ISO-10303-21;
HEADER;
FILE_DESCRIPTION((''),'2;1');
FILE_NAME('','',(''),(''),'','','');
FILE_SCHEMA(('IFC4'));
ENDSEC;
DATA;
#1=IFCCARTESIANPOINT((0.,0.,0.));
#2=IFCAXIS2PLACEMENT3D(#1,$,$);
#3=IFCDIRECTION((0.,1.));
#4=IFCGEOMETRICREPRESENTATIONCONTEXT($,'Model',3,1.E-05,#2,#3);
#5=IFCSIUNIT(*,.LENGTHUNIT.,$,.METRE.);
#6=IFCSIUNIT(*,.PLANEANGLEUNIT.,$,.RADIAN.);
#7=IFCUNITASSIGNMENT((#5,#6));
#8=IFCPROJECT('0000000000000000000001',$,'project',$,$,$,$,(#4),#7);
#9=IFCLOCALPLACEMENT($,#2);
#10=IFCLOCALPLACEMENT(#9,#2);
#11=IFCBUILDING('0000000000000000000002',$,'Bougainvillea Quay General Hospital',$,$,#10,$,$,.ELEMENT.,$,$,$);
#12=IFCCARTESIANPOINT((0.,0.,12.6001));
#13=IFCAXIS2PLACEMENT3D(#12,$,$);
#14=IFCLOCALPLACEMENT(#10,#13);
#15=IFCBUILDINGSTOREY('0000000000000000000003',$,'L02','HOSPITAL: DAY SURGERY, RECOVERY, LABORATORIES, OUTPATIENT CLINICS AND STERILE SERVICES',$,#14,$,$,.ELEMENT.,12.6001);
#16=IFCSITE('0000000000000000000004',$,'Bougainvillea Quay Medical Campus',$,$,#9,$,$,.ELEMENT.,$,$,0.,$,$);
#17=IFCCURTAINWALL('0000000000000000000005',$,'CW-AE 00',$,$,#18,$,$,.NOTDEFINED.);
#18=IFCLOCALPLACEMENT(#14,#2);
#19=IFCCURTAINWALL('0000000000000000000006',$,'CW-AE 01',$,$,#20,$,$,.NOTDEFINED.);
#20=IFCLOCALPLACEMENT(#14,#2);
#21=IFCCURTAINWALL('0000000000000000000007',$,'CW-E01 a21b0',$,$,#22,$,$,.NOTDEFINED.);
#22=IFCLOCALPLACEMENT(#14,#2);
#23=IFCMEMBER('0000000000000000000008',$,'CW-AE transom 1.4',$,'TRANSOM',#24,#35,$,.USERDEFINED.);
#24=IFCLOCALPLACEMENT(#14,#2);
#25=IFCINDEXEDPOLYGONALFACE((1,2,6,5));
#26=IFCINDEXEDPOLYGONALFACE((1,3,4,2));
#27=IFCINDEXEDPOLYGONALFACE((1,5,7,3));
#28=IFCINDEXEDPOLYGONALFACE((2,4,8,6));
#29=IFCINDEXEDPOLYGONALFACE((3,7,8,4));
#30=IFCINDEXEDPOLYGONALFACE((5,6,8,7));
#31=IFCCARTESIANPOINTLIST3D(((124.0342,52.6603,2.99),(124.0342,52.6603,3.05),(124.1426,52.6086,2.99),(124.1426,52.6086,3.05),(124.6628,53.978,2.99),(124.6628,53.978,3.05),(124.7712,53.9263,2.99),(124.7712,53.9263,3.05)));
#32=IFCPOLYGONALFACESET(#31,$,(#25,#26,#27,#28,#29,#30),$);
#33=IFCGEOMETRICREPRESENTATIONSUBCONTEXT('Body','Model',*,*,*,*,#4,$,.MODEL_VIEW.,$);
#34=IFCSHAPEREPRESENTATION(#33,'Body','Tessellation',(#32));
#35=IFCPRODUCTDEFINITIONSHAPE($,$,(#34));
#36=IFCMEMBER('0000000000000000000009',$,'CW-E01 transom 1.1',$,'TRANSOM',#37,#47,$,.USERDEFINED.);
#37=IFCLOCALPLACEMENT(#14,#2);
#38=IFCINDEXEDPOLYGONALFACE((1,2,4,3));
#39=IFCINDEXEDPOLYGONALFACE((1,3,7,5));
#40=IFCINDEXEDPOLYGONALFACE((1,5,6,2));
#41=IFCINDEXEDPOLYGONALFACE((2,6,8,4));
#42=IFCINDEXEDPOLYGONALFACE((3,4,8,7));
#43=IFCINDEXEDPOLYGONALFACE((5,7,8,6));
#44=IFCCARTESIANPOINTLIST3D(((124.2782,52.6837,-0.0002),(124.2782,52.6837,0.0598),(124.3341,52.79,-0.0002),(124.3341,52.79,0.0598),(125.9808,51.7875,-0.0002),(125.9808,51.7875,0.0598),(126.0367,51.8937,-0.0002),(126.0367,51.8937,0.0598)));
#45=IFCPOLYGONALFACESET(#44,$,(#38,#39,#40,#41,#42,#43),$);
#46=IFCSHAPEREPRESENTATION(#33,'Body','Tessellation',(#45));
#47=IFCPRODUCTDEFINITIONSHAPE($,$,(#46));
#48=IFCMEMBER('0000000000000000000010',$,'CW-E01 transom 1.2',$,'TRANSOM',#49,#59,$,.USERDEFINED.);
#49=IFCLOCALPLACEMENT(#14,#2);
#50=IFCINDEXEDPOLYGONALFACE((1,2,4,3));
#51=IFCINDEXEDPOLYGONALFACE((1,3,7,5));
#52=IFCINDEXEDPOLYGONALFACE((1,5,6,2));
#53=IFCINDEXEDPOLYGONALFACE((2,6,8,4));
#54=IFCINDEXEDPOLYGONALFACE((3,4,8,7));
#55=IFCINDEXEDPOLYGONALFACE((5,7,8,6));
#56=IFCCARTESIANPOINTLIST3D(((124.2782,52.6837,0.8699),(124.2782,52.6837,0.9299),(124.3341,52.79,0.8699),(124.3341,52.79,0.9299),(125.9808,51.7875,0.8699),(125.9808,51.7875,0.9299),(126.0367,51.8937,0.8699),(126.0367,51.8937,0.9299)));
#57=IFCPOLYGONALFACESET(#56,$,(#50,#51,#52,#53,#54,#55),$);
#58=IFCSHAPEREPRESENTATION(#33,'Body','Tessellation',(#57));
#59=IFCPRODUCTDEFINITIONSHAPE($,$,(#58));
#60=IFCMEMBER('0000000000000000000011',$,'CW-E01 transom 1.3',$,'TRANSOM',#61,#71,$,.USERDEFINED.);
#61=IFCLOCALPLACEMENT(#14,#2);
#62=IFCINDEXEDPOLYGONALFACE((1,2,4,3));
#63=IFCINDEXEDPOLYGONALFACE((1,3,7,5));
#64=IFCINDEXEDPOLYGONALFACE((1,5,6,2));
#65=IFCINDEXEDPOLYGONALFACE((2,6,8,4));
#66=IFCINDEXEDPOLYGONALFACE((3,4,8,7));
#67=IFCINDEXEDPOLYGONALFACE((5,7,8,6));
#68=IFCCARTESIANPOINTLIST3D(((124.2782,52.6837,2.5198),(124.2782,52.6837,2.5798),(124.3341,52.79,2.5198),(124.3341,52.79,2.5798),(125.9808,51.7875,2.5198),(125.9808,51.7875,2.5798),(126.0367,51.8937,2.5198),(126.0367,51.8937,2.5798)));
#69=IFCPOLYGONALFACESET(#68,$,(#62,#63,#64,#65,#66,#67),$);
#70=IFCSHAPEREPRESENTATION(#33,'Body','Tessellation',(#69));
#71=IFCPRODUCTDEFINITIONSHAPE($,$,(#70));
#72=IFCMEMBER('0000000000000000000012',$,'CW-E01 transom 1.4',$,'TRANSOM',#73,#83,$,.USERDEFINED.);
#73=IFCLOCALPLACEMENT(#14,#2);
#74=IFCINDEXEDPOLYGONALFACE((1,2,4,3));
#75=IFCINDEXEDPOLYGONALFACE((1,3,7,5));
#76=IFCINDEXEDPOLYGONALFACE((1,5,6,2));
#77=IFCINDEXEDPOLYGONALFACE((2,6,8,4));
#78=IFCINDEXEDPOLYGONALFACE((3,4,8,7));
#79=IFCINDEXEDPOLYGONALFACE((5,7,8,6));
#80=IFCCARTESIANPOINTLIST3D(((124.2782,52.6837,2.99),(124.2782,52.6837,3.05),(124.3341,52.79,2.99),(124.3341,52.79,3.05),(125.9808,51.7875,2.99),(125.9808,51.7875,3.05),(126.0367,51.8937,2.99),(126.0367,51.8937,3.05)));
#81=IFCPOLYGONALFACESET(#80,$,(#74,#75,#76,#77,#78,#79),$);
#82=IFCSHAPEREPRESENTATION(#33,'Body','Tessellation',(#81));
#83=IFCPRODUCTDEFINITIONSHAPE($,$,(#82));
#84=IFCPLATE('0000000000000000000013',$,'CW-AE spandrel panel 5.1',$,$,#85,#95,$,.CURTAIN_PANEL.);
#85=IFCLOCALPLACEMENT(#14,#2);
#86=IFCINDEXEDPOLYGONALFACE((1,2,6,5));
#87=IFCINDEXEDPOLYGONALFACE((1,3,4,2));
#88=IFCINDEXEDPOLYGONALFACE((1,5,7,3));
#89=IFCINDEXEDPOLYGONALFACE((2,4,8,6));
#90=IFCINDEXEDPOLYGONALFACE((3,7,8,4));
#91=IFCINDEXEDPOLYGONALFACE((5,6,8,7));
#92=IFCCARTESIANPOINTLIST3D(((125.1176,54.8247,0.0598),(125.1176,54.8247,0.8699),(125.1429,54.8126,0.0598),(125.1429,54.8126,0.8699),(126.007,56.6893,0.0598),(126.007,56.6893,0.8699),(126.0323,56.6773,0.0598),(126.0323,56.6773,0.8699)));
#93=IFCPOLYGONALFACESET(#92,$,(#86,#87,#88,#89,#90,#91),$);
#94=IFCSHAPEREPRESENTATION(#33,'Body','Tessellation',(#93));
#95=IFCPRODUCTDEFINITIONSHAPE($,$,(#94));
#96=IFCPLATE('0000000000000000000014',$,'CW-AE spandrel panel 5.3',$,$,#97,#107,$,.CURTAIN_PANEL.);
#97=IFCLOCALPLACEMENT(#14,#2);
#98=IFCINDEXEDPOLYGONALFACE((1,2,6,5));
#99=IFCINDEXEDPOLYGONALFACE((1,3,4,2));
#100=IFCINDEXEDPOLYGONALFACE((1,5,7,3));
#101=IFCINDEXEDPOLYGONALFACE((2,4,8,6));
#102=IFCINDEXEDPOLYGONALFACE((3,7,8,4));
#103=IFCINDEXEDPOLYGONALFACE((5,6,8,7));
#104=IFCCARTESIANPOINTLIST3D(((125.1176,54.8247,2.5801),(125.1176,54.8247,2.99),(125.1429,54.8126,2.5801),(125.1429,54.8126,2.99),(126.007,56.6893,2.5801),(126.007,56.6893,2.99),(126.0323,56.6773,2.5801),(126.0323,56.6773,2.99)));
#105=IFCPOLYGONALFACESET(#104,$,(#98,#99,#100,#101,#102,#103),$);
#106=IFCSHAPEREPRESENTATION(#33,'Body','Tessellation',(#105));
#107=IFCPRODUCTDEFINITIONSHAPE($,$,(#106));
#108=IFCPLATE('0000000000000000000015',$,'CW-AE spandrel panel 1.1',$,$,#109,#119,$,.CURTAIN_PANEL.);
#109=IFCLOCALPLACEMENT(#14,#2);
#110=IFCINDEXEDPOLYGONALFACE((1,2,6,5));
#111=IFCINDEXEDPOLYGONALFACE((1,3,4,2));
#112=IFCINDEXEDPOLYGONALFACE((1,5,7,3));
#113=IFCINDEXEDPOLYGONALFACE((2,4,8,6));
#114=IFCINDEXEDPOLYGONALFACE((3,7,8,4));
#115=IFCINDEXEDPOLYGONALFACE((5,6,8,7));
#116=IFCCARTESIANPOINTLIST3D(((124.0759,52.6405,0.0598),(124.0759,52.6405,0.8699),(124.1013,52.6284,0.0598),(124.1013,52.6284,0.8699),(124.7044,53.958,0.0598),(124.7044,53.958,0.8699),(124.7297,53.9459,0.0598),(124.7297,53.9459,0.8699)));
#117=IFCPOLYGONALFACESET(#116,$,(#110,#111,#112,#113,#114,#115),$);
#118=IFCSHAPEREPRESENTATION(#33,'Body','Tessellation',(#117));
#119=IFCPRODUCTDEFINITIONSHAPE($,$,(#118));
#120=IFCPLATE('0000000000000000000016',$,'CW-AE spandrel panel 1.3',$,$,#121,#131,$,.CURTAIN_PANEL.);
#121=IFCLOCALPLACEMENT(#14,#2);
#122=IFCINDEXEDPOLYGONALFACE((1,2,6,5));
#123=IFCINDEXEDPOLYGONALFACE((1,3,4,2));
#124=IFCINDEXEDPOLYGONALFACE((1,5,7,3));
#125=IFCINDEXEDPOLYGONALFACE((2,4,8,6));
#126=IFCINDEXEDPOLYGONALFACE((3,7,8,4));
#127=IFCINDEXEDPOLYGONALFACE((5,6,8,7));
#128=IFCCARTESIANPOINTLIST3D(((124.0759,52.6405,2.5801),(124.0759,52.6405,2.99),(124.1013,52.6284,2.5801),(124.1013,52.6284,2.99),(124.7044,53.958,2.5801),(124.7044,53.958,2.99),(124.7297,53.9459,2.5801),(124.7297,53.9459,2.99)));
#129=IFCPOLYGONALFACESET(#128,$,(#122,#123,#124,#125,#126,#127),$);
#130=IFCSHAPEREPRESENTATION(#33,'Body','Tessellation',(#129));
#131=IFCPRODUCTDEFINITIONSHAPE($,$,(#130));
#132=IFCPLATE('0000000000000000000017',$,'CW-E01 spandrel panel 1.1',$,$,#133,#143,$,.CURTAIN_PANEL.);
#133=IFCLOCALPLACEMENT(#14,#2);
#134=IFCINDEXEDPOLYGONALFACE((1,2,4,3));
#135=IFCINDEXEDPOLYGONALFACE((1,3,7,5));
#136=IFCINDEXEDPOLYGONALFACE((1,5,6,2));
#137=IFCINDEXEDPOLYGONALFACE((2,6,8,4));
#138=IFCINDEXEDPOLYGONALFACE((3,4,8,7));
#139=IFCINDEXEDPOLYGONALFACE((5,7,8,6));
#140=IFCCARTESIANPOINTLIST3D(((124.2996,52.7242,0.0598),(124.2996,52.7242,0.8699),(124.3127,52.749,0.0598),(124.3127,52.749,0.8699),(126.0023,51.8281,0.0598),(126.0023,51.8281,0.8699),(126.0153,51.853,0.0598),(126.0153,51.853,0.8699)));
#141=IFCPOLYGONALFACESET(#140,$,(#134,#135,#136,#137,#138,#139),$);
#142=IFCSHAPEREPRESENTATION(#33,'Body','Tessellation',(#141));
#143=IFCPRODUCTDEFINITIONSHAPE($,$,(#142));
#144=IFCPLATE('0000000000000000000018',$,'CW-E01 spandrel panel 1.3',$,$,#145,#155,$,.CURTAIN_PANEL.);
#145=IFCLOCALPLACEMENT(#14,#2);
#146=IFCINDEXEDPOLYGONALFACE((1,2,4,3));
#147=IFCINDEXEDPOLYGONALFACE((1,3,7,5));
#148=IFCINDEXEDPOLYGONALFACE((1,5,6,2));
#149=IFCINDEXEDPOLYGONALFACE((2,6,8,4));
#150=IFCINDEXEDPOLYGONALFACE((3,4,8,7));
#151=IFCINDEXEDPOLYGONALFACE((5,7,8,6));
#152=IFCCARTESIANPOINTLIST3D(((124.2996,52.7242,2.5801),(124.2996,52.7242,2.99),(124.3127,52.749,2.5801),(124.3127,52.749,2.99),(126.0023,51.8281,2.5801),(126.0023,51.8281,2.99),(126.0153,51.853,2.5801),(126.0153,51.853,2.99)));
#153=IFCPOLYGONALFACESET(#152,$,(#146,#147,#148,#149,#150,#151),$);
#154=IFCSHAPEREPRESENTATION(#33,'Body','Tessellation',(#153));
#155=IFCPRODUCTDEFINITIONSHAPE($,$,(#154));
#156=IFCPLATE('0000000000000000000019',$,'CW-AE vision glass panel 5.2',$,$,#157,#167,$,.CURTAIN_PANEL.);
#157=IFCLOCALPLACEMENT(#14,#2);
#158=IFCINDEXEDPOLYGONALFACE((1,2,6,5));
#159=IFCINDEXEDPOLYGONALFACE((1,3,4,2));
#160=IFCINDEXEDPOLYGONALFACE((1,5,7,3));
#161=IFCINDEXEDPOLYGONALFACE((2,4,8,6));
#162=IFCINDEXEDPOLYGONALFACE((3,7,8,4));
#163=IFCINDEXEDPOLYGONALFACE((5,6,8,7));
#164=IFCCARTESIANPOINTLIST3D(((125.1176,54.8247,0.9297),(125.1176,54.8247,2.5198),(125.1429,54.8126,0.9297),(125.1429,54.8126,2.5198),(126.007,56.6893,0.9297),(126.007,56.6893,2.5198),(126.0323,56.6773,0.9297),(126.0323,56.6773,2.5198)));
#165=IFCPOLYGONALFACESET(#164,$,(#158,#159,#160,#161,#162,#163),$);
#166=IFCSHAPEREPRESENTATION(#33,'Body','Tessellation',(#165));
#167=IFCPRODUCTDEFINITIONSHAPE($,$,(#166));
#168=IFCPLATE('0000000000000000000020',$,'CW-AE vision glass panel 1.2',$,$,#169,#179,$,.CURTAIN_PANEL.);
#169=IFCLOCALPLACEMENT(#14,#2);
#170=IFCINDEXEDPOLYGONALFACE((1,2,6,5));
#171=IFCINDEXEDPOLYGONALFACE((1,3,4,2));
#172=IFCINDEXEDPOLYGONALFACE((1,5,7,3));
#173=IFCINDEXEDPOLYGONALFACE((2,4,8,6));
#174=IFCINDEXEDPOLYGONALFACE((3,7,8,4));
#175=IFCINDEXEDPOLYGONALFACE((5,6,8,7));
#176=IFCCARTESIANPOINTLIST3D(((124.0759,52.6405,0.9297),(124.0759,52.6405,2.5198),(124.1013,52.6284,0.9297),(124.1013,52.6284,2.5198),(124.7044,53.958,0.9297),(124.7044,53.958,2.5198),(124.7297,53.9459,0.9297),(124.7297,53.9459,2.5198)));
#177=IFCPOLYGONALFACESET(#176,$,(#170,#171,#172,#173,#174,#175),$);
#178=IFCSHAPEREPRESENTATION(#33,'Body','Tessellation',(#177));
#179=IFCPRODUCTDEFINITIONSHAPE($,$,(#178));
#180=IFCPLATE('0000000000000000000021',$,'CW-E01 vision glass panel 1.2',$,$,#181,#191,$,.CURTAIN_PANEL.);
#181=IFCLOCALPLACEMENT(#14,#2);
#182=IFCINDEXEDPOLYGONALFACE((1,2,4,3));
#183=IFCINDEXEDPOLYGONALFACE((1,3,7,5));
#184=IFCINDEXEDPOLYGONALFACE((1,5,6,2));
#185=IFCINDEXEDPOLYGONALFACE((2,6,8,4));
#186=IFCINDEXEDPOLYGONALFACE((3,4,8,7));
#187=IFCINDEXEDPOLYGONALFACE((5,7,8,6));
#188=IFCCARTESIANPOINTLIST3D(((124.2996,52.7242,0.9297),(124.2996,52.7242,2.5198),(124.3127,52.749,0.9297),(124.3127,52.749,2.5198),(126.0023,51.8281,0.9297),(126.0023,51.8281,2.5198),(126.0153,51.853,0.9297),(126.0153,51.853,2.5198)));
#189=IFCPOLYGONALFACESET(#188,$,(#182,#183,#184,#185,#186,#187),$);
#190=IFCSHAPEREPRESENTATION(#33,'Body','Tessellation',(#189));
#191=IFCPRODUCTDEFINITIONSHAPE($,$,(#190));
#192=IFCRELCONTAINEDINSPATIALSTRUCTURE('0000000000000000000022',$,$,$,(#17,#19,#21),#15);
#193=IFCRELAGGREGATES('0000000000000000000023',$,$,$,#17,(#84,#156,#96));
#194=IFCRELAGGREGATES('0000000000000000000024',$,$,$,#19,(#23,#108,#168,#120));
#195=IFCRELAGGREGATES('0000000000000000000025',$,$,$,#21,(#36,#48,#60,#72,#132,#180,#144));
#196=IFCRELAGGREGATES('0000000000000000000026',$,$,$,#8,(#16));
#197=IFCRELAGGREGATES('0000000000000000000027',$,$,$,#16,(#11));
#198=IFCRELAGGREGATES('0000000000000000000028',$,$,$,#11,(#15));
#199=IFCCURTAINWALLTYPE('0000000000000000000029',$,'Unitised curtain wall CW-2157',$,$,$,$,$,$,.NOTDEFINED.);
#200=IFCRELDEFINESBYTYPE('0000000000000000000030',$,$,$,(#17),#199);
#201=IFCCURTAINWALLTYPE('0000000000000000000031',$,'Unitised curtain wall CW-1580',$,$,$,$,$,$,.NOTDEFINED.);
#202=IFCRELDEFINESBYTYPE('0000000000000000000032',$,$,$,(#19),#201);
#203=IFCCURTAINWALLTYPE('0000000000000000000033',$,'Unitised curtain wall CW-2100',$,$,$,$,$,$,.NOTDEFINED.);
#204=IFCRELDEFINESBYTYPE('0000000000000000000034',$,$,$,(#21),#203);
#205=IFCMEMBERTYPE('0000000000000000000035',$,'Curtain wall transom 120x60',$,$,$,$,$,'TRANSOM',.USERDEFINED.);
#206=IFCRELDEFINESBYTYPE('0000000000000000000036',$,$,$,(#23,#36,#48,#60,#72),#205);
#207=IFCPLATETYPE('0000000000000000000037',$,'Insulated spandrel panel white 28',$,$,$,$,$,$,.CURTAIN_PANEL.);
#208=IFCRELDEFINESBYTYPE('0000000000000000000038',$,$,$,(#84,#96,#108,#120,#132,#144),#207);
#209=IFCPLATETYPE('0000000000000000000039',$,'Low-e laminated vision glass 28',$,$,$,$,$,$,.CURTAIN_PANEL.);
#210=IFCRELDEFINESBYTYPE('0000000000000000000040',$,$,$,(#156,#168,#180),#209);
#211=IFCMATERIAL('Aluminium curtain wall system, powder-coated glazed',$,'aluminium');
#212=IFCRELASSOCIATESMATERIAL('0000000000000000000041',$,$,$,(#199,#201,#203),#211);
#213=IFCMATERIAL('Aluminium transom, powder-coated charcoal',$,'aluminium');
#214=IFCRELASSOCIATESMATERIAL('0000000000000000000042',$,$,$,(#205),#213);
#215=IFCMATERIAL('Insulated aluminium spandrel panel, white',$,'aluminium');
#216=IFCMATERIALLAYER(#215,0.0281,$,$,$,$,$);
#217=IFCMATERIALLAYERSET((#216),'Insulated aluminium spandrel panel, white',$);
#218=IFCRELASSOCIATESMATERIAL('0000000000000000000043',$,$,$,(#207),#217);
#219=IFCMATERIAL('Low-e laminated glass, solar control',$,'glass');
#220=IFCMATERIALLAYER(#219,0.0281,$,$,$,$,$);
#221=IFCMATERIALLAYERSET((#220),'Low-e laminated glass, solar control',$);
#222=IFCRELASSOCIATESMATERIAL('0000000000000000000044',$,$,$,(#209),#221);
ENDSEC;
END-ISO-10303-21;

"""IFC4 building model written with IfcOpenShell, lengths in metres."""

from ifc_helpers import new_model, si_unit, direction, frame, origin, origin_2d, place, context, subcontext, project, spatial, rectangle, extrude, material, layer, layer_set, material_profile, profile_set, type_object, element, aggregate, save


model = new_model("IFC4")

# Units and contexts
model_context = context("Model", 3, precision=1e-05, world=origin(), true_north=direction((0.0, 1.0)))
body_context = subcontext(model_context, "Body", "Model", "MODEL_VIEW")
ifc_project = project(units=[si_unit("LENGTHUNIT", "METRE"), si_unit("PLANEANGLEUNIT", "RADIAN")], contexts=[model_context])

# Site, building, storey
site_placement = place(None, origin())
site = spatial("IfcSite", under=ifc_project, at=site_placement, Name="Bougainvillea Quay Medical Campus", CompositionType="ELEMENT", RefElevation=0.0)
building_placement = place(site_placement, origin())
building = spatial("IfcBuilding", under=site, at=building_placement, Name="Bougainvillea Quay General Hospital", CompositionType="ELEMENT")
storey_placement = place(building_placement, frame((0.0, 0.0, 12.6001)))
storey = spatial("IfcBuildingStorey", under=building, at=storey_placement, Name="L02", Description="HOSPITAL: DAY SURGERY, RECOVERY, LABORATORIES, OUTPATIENT CLINICS AND STERILE SERVICES", CompositionType="ELEMENT", Elevation=12.6001)

# Curtain walls
ifc_material_1 = material(Name="Aluminium curtain wall system, powder-coated glazed", Category="aluminium")
curtain_wall_type_1 = type_object("IfcCurtainWallType", Name="Unitised curtain wall CW-2157", PredefinedType="NOTDEFINED", material=ifc_material_1)
curtain_wall_1_placement = place(storey_placement, origin())
curtain_wall_1 = element("IfcCurtainWall", 1, at=curtain_wall_1_placement, inside=storey, type_object=curtain_wall_type_1, Name="CW-AE 00", PredefinedType="NOTDEFINED")
curtain_wall_type_2 = type_object("IfcCurtainWallType", Name="Unitised curtain wall CW-1580", PredefinedType="NOTDEFINED", material=ifc_material_1)
curtain_wall_2_placement = place(storey_placement, origin())
curtain_wall_2 = element("IfcCurtainWall", 2, at=curtain_wall_2_placement, inside=storey, type_object=curtain_wall_type_2, Name="CW-AE 01", PredefinedType="NOTDEFINED")
curtain_wall_type_3 = type_object("IfcCurtainWallType", Name="Unitised curtain wall CW-2100", PredefinedType="NOTDEFINED", material=ifc_material_1)
curtain_wall_3_placement = place(storey_placement, origin())
curtain_wall_3 = element("IfcCurtainWall", 3, at=curtain_wall_3_placement, inside=storey, type_object=curtain_wall_type_3, Name="CW-E01 a21b0", PredefinedType="NOTDEFINED")

# Members
ifc_material_2 = material(Name="Aluminium transom, powder-coated charcoal", Category="aluminium")
ifc_material_profile_1 = material_profile(ifc_material_2, rectangle(XDim=0.1201, YDim=0.0601, at=origin_2d()))
ifc_profile_set_1 = profile_set([ifc_material_profile_1], Name="Aluminium transom, powder-coated charcoal")
member_type_1 = type_object("IfcMemberType", Name="Curtain wall transom 120x60", ElementType="TRANSOM", PredefinedType="USERDEFINED", material=ifc_profile_set_1)
member_1_placement = place(storey_placement, frame((124.717, 53.9521, 3.02), z_axis=(-0.430615, -0.902536, 0.0), x_axis=(0.902536, -0.430615, 0.0)))
member_1 = element("IfcMember", 4, at=member_1_placement, type_object=member_type_1, Name="CW-AE transom 1.4", ObjectType="TRANSOM", PredefinedType="USERDEFINED", context=body_context, shape_type="SweptSolid", body=[
    extrude(rectangle(XDim=0.1201, YDim=0.0601, at=origin_2d()), origin(), (0.0, 0.0, 1.0), 1.46),
])
member_2_placement = place(storey_placement, frame((124.3062, 52.7368, 0.0298), z_axis=(0.884893, -0.465793, 0.0), x_axis=(0.465793, 0.884893, 0.0)))
member_2 = element("IfcMember", 5, at=member_2_placement, type_object=member_type_1, Name="CW-E01 transom 1.1", ObjectType="TRANSOM", PredefinedType="USERDEFINED", context=body_context, shape_type="SweptSolid", body=[
    extrude(rectangle(XDim=0.1201, YDim=0.0601, at=origin_2d()), origin(), (0.0, 0.0, 1.0), 1.9241),
])
member_3_placement = place(storey_placement, frame((124.3062, 52.7368, 0.8999), z_axis=(0.884893, -0.465793, 0.0), x_axis=(0.465793, 0.884893, 0.0)))
member_3 = element("IfcMember", 6, at=member_3_placement, type_object=member_type_1, Name="CW-E01 transom 1.2", ObjectType="TRANSOM", PredefinedType="USERDEFINED", context=body_context, shape_type="SweptSolid", body=[
    extrude(rectangle(XDim=0.1201, YDim=0.0601, at=origin_2d()), origin(), (0.0, 0.0, 1.0), 1.9241),
])
member_4_placement = place(storey_placement, frame((124.3062, 52.7368, 2.5498), z_axis=(0.884893, -0.465793, 0.0), x_axis=(0.465793, 0.884893, 0.0)))
member_4 = element("IfcMember", 7, at=member_4_placement, type_object=member_type_1, Name="CW-E01 transom 1.3", ObjectType="TRANSOM", PredefinedType="USERDEFINED", context=body_context, shape_type="SweptSolid", body=[
    extrude(rectangle(XDim=0.1201, YDim=0.0601, at=origin_2d()), origin(), (0.0, 0.0, 1.0), 1.9241),
])
member_5_placement = place(storey_placement, frame((124.3062, 52.7368, 3.02), z_axis=(0.884893, -0.465793, 0.0), x_axis=(0.465793, 0.884893, 0.0)))
member_5 = element("IfcMember", 8, at=member_5_placement, type_object=member_type_1, Name="CW-E01 transom 1.4", ObjectType="TRANSOM", PredefinedType="USERDEFINED", context=body_context, shape_type="SweptSolid", body=[
    extrude(rectangle(XDim=0.1201, YDim=0.0601, at=origin_2d()), origin(), (0.0, 0.0, 1.0), 1.9241),
])

# Plates
ifc_material_3 = material(Name="Insulated aluminium spandrel panel, white", Category="aluminium")
ifc_layer_1 = layer(ifc_material_3, 0.0281)
ifc_layer_set_1 = layer_set([ifc_layer_1], Name="Insulated aluminium spandrel panel, white")
plate_type_1 = type_object("IfcPlateType", Name="Insulated spandrel panel white 28", PredefinedType="CURTAIN_PANEL", material=ifc_layer_set_1)
plate_1_placement = place(storey_placement, frame((125.575, 55.751, 0.0598), z_axis=(0.0, 0.0, 1.0), x_axis=(-0.43053, -0.902576, 0.0)))
plate_1 = element("IfcPlate", 9, at=plate_1_placement, type_object=plate_type_1, Name="CW-AE spandrel panel 5.1", PredefinedType="CURTAIN_PANEL", context=body_context, shape_type="SweptSolid", body=[
    extrude(rectangle(XDim=2.0659, YDim=0.0281, at=origin_2d()), origin(), (0.0, 0.0, 1.0), 0.8101),
])
plate_2_placement = place(storey_placement, frame((125.575, 55.751, 2.5801), z_axis=(0.0, 0.0, 1.0), x_axis=(-0.43053, -0.902576, 0.0)))
plate_2 = element("IfcPlate", 10, at=plate_2_placement, type_object=plate_type_1, Name="CW-AE spandrel panel 5.3", PredefinedType="CURTAIN_PANEL", context=body_context, shape_type="SweptSolid", body=[
    extrude(rectangle(XDim=2.0659, YDim=0.0281, at=origin_2d()), origin(), (0.0, 0.0, 1.0), 0.4099),
])
plate_3_placement = place(storey_placement, frame((124.4028, 53.2932, 0.0598), z_axis=(0.0, 0.0, 1.0), x_axis=(-0.43053, -0.902576, 0.0)))
plate_3 = element("IfcPlate", 11, at=plate_3_placement, type_object=plate_type_1, Name="CW-AE spandrel panel 1.1", PredefinedType="CURTAIN_PANEL", context=body_context, shape_type="SweptSolid", body=[
    extrude(rectangle(XDim=1.4597, YDim=0.0281, at=origin_2d()), origin(), (0.0, 0.0, 1.0), 0.8101),
])
plate_4_placement = place(storey_placement, frame((124.4028, 53.2932, 2.5801), z_axis=(0.0, 0.0, 1.0), x_axis=(-0.43053, -0.902576, 0.0)))
plate_4 = element("IfcPlate", 12, at=plate_4_placement, type_object=plate_type_1, Name="CW-AE spandrel panel 1.3", PredefinedType="CURTAIN_PANEL", context=body_context, shape_type="SweptSolid", body=[
    extrude(rectangle(XDim=1.4597, YDim=0.0281, at=origin_2d()), origin(), (0.0, 0.0, 1.0), 0.4099),
])
plate_5_placement = place(storey_placement, frame((125.1575, 52.2886, 0.0598), z_axis=(0.0, 0.0, 1.0), x_axis=(0.884929, -0.465726, 0.0)))
plate_5 = element("IfcPlate", 13, at=plate_5_placement, type_object=plate_type_1, Name="CW-E01 spandrel panel 1.1", PredefinedType="CURTAIN_PANEL", context=body_context, shape_type="SweptSolid", body=[
    extrude(rectangle(XDim=1.9241, YDim=0.0281, at=origin_2d()), origin(), (0.0, 0.0, 1.0), 0.8101),
])
plate_6_placement = place(storey_placement, frame((125.1575, 52.2886, 2.5801), z_axis=(0.0, 0.0, 1.0), x_axis=(0.884929, -0.465726, 0.0)))
plate_6 = element("IfcPlate", 14, at=plate_6_placement, type_object=plate_type_1, Name="CW-E01 spandrel panel 1.3", PredefinedType="CURTAIN_PANEL", context=body_context, shape_type="SweptSolid", body=[
    extrude(rectangle(XDim=1.9241, YDim=0.0281, at=origin_2d()), origin(), (0.0, 0.0, 1.0), 0.4099),
])
ifc_material_4 = material(Name="Low-e laminated glass, solar control", Category="glass")
ifc_layer_2 = layer(ifc_material_4, 0.0281)
ifc_layer_set_2 = layer_set([ifc_layer_2], Name="Low-e laminated glass, solar control")
plate_type_2 = type_object("IfcPlateType", Name="Low-e laminated vision glass 28", PredefinedType="CURTAIN_PANEL", material=ifc_layer_set_2)
plate_7_placement = place(storey_placement, frame((125.575, 55.751, 0.9297), z_axis=(0.0, 0.0, 1.0), x_axis=(-0.43053, -0.902576, 0.0)))
plate_7 = element("IfcPlate", 15, at=plate_7_placement, type_object=plate_type_2, Name="CW-AE vision glass panel 5.2", PredefinedType="CURTAIN_PANEL", context=body_context, shape_type="SweptSolid", body=[
    extrude(rectangle(XDim=2.0659, YDim=0.0281, at=origin_2d()), origin(), (0.0, 0.0, 1.0), 1.5901),
])
aggregate(curtain_wall_1, [plate_1, plate_7, plate_2])
plate_8_placement = place(storey_placement, frame((124.4028, 53.2932, 0.9297), z_axis=(0.0, 0.0, 1.0), x_axis=(-0.43053, -0.902576, 0.0)))
plate_8 = element("IfcPlate", 16, at=plate_8_placement, type_object=plate_type_2, Name="CW-AE vision glass panel 1.2", PredefinedType="CURTAIN_PANEL", context=body_context, shape_type="SweptSolid", body=[
    extrude(rectangle(XDim=1.4597, YDim=0.0281, at=origin_2d()), origin(), (0.0, 0.0, 1.0), 1.5901),
])
aggregate(curtain_wall_2, [member_1, plate_3, plate_8, plate_4])
plate_9_placement = place(storey_placement, frame((125.1575, 52.2886, 0.9297), z_axis=(0.0, 0.0, 1.0), x_axis=(0.884929, -0.465726, 0.0)))
plate_9 = element("IfcPlate", 17, at=plate_9_placement, type_object=plate_type_2, Name="CW-E01 vision glass panel 1.2", PredefinedType="CURTAIN_PANEL", context=body_context, shape_type="SweptSolid", body=[
    extrude(rectangle(XDim=1.9241, YDim=0.0281, at=origin_2d()), origin(), (0.0, 0.0, 1.0), 1.5901),
])
aggregate(curtain_wall_3, [member_2, member_3, member_4, member_5, plate_5, plate_9, plate_6])

save(model, "model.ifc")
